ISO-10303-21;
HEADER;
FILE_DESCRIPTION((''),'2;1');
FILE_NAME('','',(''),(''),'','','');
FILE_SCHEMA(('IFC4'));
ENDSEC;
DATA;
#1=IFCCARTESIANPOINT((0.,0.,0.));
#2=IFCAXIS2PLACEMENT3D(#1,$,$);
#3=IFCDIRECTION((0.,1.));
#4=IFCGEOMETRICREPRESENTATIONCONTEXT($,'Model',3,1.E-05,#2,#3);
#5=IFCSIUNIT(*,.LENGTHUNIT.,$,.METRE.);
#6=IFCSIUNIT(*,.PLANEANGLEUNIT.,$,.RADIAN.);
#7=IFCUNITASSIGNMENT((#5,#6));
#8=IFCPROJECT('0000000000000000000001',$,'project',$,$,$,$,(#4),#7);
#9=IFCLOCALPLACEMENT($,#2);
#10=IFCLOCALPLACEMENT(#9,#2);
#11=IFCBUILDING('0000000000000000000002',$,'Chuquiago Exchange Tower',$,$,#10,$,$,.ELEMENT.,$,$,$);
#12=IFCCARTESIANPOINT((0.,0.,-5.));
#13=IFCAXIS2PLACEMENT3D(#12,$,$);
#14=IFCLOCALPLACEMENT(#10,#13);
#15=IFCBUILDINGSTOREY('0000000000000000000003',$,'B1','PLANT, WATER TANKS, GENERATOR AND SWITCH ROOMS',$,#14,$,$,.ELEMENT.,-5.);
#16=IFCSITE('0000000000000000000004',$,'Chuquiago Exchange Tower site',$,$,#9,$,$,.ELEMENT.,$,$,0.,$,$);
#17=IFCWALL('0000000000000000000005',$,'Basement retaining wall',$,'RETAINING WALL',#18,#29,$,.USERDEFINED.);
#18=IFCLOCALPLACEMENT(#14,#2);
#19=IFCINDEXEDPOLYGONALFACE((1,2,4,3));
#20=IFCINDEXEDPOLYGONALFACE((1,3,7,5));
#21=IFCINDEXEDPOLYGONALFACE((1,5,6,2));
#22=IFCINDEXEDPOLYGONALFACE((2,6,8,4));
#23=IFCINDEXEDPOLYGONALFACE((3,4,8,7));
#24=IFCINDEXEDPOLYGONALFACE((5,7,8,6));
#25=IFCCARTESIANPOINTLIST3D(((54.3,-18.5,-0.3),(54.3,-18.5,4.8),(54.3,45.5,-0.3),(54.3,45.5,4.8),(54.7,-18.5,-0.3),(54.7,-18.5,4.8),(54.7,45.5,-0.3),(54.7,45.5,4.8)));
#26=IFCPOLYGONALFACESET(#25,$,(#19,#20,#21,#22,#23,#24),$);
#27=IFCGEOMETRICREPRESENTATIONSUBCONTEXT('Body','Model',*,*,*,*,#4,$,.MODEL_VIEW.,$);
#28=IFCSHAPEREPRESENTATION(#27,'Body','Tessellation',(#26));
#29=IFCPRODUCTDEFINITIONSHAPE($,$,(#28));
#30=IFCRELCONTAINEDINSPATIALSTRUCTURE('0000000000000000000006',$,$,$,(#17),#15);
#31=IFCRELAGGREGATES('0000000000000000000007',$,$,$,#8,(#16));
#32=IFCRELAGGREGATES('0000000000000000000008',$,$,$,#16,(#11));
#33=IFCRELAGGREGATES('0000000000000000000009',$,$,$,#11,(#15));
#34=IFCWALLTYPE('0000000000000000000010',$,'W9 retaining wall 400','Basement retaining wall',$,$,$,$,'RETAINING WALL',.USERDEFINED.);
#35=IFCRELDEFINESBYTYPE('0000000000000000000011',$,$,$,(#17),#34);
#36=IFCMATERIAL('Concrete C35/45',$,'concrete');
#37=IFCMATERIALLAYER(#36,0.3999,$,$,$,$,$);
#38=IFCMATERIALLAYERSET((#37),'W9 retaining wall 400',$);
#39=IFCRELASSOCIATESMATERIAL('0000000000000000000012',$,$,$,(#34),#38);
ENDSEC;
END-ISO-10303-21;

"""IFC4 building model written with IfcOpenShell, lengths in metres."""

from ifc_helpers import new_model, si_unit, direction, frame, frame_2d, origin, place, context, subcontext, project, spatial, rectangle, extrude, material, layer, layer_set, type_object, element, save


model = new_model("IFC4")

# Units and contexts
model_context = context("Model", 3, precision=1e-05, world=origin(), true_north=direction((0.0, 1.0)))
body_context = subcontext(model_context, "Body", "Model", "MODEL_VIEW")
ifc_project = project(units=[si_unit("LENGTHUNIT", "METRE"), si_unit("PLANEANGLEUNIT", "RADIAN")], contexts=[model_context])

# Site, building, storey
site_placement = place(None, origin())
site = spatial("IfcSite", under=ifc_project, at=site_placement, Name="Chuquiago Exchange Tower site", CompositionType="ELEMENT", RefElevation=0.0)
building_placement = place(site_placement, origin())
building = spatial("IfcBuilding", under=site, at=building_placement, Name="Chuquiago Exchange Tower", CompositionType="ELEMENT")
storey_placement = place(building_placement, frame((0.0, 0.0, -5.0)))
storey = spatial("IfcBuildingStorey", under=building, at=storey_placement, Name="B1", Description="PLANT, WATER TANKS, GENERATOR AND SWITCH ROOMS", CompositionType="ELEMENT", Elevation=-5.0)

# Wall
ifc_material_1 = material(Name="Concrete C35/45", Category="concrete")
ifc_layer_1 = layer(ifc_material_1, 0.3999)
ifc_layer_set_1 = layer_set([ifc_layer_1], Name="W9 retaining wall 400")
wall_type_1 = type_object("IfcWallType", Name="W9 retaining wall 400", Description="Basement retaining wall", ElementType="RETAINING WALL", PredefinedType="USERDEFINED", material=ifc_layer_set_1)
wall_1_placement = place(storey_placement, frame((54.5, -18.5, -0.3), z_axis=(0.0, 0.0, 1.0), x_axis=(0.0, 1.0, 0.0)))
element("IfcWall", 1, at=wall_1_placement, inside=storey, type_object=wall_type_1, Name="Basement retaining wall", ObjectType="RETAINING WALL", PredefinedType="USERDEFINED", context=body_context, shape_type="SweptSolid", body=[
    extrude(rectangle(XDim=64.0, YDim=0.3999, at=frame_2d((32.0, 0.0))), origin(), (0.0, 0.0, 1.0), 5.1001),
])

save(model, "model.ifc")
